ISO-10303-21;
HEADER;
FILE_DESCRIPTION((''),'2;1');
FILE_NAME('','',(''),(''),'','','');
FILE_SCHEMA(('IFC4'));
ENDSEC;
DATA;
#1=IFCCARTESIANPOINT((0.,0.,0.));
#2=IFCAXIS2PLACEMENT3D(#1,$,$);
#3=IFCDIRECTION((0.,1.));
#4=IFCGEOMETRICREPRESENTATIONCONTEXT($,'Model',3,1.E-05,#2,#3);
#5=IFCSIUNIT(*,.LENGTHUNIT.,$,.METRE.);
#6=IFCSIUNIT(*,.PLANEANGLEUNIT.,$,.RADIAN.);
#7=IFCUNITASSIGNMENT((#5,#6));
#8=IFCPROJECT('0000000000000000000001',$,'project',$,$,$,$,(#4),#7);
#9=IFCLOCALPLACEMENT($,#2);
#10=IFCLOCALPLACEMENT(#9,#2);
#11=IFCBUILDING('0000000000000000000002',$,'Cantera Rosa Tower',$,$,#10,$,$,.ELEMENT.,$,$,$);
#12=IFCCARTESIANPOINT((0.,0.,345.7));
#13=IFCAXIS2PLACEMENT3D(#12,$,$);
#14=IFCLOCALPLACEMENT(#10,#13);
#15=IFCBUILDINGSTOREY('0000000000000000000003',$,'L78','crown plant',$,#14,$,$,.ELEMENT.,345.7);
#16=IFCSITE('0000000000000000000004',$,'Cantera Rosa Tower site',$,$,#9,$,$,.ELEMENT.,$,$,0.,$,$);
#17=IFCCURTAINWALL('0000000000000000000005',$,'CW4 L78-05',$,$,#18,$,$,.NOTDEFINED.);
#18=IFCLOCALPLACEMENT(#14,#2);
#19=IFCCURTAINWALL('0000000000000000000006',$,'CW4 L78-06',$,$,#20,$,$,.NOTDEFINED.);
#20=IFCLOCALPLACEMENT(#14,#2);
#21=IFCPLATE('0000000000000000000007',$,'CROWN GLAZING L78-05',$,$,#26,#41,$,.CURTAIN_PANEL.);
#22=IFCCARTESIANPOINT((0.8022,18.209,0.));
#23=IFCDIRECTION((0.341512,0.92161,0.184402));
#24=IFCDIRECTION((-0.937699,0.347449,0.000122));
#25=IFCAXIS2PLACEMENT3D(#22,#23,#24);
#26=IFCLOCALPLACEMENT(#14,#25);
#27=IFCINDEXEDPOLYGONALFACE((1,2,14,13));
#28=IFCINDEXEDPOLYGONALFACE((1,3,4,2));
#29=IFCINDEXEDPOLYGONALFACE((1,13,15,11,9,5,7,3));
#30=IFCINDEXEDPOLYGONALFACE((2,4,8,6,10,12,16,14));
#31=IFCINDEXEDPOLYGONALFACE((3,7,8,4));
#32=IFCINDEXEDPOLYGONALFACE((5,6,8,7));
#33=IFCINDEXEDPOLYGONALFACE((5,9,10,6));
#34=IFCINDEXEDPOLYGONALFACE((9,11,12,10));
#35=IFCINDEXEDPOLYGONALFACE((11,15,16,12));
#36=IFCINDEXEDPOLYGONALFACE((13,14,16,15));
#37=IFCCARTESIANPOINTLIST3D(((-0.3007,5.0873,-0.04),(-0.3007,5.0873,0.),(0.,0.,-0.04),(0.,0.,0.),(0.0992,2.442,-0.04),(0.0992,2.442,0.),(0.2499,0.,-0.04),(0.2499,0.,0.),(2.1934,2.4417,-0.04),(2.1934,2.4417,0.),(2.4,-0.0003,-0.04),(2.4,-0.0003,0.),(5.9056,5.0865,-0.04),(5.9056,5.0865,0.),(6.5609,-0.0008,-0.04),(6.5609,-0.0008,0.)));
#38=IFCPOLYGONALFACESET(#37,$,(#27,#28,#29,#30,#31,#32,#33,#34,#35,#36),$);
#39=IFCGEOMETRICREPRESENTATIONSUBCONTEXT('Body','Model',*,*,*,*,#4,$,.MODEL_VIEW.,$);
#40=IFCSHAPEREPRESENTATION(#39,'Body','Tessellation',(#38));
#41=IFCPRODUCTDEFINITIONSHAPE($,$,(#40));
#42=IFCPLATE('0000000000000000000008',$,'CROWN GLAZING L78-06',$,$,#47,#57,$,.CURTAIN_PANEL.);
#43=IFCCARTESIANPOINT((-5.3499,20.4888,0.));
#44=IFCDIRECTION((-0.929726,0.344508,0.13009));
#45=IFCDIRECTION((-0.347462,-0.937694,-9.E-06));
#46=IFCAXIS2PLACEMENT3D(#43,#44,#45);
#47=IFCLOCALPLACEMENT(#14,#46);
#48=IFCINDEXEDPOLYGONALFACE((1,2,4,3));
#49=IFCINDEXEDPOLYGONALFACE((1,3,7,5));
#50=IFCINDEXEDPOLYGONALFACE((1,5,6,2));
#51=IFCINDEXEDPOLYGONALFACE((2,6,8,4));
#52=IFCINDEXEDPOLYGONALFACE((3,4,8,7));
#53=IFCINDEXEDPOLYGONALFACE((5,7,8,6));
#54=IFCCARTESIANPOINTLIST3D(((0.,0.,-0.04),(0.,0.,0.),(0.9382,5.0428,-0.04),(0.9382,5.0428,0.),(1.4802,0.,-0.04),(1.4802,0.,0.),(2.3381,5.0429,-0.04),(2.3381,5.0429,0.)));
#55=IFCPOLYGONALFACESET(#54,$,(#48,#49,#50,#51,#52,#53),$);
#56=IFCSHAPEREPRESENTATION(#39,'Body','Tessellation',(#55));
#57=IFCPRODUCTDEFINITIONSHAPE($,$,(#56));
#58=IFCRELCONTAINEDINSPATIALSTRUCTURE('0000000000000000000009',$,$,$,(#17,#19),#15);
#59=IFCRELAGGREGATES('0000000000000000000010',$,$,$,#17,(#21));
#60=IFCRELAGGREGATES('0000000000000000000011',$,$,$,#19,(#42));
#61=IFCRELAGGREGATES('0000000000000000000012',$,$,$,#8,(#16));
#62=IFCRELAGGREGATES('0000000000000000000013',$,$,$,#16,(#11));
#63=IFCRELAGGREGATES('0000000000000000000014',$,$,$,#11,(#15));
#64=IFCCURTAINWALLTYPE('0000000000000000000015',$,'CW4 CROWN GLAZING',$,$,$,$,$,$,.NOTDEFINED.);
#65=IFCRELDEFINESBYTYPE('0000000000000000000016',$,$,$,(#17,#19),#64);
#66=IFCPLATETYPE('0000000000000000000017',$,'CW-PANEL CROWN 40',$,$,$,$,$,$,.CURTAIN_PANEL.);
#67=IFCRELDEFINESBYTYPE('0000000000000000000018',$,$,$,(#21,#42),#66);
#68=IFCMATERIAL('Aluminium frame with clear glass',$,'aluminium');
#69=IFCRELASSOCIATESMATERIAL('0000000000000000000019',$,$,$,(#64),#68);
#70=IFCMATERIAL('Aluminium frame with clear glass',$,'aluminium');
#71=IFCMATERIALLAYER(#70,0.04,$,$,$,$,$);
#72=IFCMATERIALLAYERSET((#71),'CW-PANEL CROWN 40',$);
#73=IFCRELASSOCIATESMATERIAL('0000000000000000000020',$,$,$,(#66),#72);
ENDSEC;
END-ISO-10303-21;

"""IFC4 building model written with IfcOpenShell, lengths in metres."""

from ifc_helpers import new_model, si_unit, direction, frame, origin, place, context, subcontext, project, spatial, polyline, outline, extrude, material, layer, layer_set, type_object, element, aggregate, save


model = new_model("IFC4")

# Units and contexts
model_context = context("Model", 3, precision=1e-05, world=origin(), true_north=direction((0.0, 1.0)))
body_context = subcontext(model_context, "Body", "Model", "MODEL_VIEW")
ifc_project = project(units=[si_unit("LENGTHUNIT", "METRE"), si_unit("PLANEANGLEUNIT", "RADIAN")], contexts=[model_context])

# Site, building, storey
site_placement = place(None, origin())
site = spatial("IfcSite", under=ifc_project, at=site_placement, Name="Cantera Rosa Tower site", CompositionType="ELEMENT", RefElevation=0.0)
building_placement = place(site_placement, origin())
building = spatial("IfcBuilding", under=site, at=building_placement, Name="Cantera Rosa Tower", CompositionType="ELEMENT")
storey_placement = place(building_placement, frame((0.0, 0.0, 345.7)))
storey = spatial("IfcBuildingStorey", under=building, at=storey_placement, Name="L78", Description="crown plant", CompositionType="ELEMENT", Elevation=345.7)

# Curtain walls
ifc_material_1 = material(Name="Aluminium frame with clear glass", Category="aluminium")
curtain_wall_type = type_object("IfcCurtainWallType", Name="CW4 CROWN GLAZING", PredefinedType="NOTDEFINED", material=ifc_material_1)
curtain_wall_1_placement = place(storey_placement, origin())
curtain_wall_1 = element("IfcCurtainWall", 1, at=curtain_wall_1_placement, inside=storey, type_object=curtain_wall_type, Name="CW4 L78-05", PredefinedType="NOTDEFINED")
curtain_wall_2_placement = place(storey_placement, origin())
curtain_wall_2 = element("IfcCurtainWall", 2, at=curtain_wall_2_placement, inside=storey, type_object=curtain_wall_type, Name="CW4 L78-06", PredefinedType="NOTDEFINED")

# Plates
ifc_material_2 = material(Name="Aluminium frame with clear glass", Category="aluminium")
ifc_layer_1 = layer(ifc_material_2, 0.04)
ifc_layer_set_1 = layer_set([ifc_layer_1], Name="CW-PANEL CROWN 40")
plate_type = type_object("IfcPlateType", Name="CW-PANEL CROWN 40", PredefinedType="CURTAIN_PANEL", material=ifc_layer_set_1)
plate_1_placement = place(storey_placement, frame((0.8022, 18.209, 0.0), z_axis=(0.341512, 0.92161, 0.184402), x_axis=(-0.937699, 0.347449, 0.000122)))
plate_1 = element("IfcPlate", 3, at=plate_1_placement, type_object=plate_type, Name="CROWN GLAZING L78-05", PredefinedType="CURTAIN_PANEL", context=body_context, shape_type="SweptSolid", body=[
    extrude(outline(polyline([(0.0, 0.0), (0.2499, 0.0), (0.0992, 2.442), (2.1934, 2.4417), (2.4, -0.0003), (6.5609, -0.0008), (5.9056, 5.0865), (-0.3007, 5.0873), (0.0, 0.0)])), origin(), (0.0, 0.0, -1.0), 0.04),
])
plate_2_placement = place(storey_placement, frame((-5.3499, 20.4888, 0.0), z_axis=(-0.929726, 0.344508, 0.13009), x_axis=(-0.347462, -0.937694, -0.000009)))
plate_2 = element("IfcPlate", 4, at=plate_2_placement, type_object=plate_type, Name="CROWN GLAZING L78-06", PredefinedType="CURTAIN_PANEL", context=body_context, shape_type="SweptSolid", body=[
    extrude(outline(polyline([(0.0, 0.0), (1.4802, 0.0), (2.3381, 5.0429), (0.9382, 5.0428), (0.0, 0.0)])), origin(), (0.0, 0.0, -1.0), 0.04),
])

aggregate(curtain_wall_1, [plate_1])
aggregate(curtain_wall_2, [plate_2])

save(model, "model.ifc")
